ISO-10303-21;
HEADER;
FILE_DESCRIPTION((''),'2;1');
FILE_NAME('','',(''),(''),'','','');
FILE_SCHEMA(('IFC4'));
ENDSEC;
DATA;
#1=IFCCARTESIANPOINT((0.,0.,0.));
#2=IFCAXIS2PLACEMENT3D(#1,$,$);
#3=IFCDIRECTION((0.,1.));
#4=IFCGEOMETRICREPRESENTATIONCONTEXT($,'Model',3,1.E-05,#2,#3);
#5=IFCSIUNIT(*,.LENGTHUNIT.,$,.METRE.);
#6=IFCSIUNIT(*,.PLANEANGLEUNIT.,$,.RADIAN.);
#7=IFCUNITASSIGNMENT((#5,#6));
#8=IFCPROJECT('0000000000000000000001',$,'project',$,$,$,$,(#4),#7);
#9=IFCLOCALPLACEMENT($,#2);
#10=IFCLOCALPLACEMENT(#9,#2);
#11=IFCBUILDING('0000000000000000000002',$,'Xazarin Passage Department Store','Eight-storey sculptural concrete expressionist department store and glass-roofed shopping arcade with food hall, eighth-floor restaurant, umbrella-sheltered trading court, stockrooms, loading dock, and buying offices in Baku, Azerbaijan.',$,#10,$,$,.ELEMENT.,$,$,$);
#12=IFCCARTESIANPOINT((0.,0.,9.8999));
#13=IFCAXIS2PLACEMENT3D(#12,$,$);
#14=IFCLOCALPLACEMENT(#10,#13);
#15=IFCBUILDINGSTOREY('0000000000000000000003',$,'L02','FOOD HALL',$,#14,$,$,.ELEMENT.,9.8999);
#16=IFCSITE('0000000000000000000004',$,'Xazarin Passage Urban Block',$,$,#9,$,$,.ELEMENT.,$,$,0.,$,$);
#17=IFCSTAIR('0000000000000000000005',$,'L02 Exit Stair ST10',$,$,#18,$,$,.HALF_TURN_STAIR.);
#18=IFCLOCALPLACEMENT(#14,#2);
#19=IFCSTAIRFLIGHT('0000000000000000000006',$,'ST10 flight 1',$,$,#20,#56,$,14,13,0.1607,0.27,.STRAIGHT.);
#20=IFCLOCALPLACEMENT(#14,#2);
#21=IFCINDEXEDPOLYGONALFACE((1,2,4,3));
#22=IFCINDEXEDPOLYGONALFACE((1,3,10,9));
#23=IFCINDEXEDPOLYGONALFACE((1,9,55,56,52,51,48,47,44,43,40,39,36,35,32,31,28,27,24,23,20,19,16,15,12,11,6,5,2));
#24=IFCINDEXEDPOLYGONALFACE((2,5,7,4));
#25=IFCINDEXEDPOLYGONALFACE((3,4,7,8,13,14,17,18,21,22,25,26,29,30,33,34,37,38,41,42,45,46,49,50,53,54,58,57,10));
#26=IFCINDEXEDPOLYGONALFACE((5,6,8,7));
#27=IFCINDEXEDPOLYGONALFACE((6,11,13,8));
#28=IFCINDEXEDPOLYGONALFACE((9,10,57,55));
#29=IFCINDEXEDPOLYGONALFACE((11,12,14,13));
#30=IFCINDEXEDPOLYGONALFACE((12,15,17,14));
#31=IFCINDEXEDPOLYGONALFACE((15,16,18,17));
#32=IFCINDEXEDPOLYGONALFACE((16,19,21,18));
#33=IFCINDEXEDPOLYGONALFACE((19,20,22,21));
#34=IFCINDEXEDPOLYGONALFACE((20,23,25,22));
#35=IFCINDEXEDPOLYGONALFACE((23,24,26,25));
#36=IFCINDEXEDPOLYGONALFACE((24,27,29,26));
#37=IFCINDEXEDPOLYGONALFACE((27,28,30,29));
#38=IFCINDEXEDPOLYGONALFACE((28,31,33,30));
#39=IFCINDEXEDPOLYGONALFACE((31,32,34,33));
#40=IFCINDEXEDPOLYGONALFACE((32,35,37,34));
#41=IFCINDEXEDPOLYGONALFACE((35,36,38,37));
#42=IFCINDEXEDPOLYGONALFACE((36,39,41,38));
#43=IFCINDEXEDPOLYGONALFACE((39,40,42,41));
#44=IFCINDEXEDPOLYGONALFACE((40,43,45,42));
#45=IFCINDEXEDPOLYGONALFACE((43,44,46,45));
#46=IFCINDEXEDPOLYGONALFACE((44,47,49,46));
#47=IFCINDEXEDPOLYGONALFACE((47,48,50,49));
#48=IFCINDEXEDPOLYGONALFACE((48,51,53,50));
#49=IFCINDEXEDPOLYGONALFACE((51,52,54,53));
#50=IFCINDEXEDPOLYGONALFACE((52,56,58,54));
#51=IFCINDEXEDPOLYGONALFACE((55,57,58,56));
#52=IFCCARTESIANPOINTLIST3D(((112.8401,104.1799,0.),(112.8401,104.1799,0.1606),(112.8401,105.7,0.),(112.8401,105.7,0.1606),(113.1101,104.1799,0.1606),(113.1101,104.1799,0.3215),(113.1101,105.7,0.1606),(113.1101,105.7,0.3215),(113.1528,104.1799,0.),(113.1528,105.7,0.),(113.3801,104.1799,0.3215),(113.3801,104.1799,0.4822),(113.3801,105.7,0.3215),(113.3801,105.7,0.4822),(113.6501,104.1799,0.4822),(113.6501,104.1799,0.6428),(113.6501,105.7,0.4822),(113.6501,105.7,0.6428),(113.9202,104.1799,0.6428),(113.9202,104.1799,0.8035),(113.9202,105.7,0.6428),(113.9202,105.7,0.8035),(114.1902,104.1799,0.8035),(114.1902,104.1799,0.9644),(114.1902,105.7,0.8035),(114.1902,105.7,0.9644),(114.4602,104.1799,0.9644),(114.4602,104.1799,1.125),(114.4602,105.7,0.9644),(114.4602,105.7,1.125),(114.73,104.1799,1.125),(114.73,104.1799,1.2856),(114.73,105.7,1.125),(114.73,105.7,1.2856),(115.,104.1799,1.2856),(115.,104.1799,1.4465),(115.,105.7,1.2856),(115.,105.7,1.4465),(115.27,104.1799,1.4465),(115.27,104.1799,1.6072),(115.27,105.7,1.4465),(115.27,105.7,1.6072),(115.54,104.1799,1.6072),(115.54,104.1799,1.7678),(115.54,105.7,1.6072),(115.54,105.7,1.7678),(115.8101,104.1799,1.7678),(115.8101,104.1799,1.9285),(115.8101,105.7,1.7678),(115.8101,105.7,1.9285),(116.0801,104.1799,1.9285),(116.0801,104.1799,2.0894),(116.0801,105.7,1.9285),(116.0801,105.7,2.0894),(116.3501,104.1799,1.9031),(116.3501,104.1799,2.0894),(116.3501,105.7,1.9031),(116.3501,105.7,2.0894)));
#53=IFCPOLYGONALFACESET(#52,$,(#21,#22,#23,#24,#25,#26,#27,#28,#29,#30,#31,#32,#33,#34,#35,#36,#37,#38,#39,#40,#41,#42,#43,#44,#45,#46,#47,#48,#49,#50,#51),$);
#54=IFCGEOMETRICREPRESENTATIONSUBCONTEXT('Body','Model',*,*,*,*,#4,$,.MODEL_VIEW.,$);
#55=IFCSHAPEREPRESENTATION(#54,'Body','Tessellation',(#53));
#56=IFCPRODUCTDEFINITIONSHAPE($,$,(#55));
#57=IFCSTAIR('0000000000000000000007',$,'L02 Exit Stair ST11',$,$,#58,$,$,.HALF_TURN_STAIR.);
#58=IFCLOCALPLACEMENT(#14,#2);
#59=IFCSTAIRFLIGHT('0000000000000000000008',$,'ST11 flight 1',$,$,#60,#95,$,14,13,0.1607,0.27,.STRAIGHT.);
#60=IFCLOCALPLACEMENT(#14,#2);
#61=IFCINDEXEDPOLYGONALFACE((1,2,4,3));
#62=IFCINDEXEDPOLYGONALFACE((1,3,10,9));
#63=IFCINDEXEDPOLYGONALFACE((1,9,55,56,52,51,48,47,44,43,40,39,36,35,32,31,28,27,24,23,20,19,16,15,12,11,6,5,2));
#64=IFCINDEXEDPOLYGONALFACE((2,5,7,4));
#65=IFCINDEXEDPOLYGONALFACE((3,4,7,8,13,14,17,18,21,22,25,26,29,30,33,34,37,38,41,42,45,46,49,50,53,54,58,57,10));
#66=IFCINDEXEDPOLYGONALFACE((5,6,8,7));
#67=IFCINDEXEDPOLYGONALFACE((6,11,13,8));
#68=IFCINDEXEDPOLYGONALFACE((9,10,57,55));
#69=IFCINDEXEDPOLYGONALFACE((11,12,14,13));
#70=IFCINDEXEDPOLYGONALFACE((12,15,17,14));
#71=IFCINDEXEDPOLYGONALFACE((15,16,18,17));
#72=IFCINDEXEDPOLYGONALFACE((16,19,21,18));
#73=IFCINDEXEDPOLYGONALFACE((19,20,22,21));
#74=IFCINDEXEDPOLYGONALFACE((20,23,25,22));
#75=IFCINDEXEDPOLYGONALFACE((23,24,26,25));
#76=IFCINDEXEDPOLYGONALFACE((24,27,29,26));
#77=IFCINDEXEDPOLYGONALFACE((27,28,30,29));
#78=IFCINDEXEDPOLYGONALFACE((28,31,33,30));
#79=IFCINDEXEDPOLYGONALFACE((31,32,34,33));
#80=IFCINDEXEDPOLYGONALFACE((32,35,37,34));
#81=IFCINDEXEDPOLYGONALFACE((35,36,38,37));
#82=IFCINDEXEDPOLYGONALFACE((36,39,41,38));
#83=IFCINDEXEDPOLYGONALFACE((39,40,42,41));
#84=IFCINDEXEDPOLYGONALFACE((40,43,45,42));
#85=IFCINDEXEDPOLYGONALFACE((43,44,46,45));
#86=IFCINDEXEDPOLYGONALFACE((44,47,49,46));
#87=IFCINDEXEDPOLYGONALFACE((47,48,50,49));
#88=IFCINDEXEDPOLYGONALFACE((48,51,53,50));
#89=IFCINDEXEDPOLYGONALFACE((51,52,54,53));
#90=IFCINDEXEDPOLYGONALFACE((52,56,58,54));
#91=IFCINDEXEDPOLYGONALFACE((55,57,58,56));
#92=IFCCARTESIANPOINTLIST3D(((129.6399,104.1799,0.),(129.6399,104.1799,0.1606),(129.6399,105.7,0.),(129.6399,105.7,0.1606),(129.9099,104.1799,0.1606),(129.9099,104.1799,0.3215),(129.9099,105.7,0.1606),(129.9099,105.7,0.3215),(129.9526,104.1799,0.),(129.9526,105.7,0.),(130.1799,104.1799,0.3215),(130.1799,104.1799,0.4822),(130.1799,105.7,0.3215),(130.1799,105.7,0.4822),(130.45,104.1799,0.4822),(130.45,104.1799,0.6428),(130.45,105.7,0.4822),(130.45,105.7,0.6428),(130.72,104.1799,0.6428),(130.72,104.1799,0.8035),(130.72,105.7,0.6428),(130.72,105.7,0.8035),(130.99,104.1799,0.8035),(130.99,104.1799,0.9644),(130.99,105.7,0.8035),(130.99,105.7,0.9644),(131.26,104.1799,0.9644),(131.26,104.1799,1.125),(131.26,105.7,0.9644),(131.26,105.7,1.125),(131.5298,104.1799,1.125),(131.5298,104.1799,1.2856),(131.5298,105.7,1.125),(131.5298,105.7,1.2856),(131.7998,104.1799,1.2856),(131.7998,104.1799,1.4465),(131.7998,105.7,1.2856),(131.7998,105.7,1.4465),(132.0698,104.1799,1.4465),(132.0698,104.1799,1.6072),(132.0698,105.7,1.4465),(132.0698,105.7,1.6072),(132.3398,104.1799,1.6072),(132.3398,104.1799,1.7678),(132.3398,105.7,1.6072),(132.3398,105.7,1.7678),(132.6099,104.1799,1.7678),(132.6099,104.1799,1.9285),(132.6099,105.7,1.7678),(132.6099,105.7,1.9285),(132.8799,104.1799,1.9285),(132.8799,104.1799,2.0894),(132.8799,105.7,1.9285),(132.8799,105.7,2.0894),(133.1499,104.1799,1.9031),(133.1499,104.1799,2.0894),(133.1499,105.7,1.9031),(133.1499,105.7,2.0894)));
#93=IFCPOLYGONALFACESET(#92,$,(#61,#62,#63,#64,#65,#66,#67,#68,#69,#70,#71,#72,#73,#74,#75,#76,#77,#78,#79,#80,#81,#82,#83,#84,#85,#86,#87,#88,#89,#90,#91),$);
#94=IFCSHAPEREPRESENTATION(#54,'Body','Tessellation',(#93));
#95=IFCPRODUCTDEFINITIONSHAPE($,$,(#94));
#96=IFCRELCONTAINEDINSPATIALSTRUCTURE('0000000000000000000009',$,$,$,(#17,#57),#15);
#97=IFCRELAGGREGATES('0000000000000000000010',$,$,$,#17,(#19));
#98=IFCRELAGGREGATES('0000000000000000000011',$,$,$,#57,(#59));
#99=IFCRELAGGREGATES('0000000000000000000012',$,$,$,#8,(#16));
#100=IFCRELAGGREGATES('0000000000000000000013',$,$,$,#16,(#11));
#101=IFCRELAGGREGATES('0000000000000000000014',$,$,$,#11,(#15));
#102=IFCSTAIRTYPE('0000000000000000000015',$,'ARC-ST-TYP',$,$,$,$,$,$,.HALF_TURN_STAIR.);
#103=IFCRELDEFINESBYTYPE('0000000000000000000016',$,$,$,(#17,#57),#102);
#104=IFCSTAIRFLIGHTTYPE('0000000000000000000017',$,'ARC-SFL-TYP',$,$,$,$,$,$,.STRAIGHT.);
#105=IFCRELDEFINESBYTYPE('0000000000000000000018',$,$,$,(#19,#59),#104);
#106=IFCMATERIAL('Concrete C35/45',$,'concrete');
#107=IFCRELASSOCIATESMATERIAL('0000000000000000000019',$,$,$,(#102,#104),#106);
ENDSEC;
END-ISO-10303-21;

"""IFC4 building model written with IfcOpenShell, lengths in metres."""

from ifc_helpers import new_model, si_unit, direction, frame, origin, place, context, subcontext, project, spatial, polyline, outline, extrude, material, type_object, element, aggregate, save


model = new_model("IFC4")

# Units and contexts
model_context = context("Model", 3, precision=1e-05, world=origin(), true_north=direction((0.0, 1.0)))
body_context = subcontext(model_context, "Body", "Model", "MODEL_VIEW")
ifc_project = project(units=[si_unit("LENGTHUNIT", "METRE"), si_unit("PLANEANGLEUNIT", "RADIAN")], contexts=[model_context])

# Site, building, storey
site_placement = place(None, origin())
site = spatial("IfcSite", under=ifc_project, at=site_placement, Name="Xazarin Passage Urban Block", CompositionType="ELEMENT", RefElevation=0.0)
building_placement = place(site_placement, origin())
building = spatial("IfcBuilding", under=site, at=building_placement, Name="Xazarin Passage Department Store", Description="Eight-storey sculptural concrete expressionist department store and glass-roofed shopping arcade with food hall, eighth-floor restaurant, umbrella-sheltered trading court, stockrooms, loading dock, and buying offices in Baku, Azerbaijan.", CompositionType="ELEMENT")
storey_placement = place(building_placement, frame((0.0, 0.0, 9.8999)))
storey = spatial("IfcBuildingStorey", under=building, at=storey_placement, Name="L02", Description="FOOD HALL", CompositionType="ELEMENT", Elevation=9.8999)

# Shared definitions
ifc_material_1 = material(Name="Concrete C35/45", Category="concrete")

# Stairs, stair flights
stair_type = type_object("IfcStairType", Name="ARC-ST-TYP", PredefinedType="HALF_TURN_STAIR", material=ifc_material_1)
stair_1_placement = place(storey_placement, origin())
stair_1 = element("IfcStair", 1, at=stair_1_placement, inside=storey, type_object=stair_type, Name="L02 Exit Stair ST10", PredefinedType="HALF_TURN_STAIR")
stair_flight_type = type_object("IfcStairFlightType", Name="ARC-SFL-TYP", PredefinedType="STRAIGHT", material=ifc_material_1)
stair_flight_1_placement = place(storey_placement, frame((112.8401, 104.9399, 0.0), z_axis=(0.0, 0.0, 1.0), x_axis=(1.0, 0.0, 0.0)))
stair_flight_1 = element("IfcStairFlight", 2, at=stair_flight_1_placement, type_object=stair_flight_type, Name="ST10 flight 1", NumberOfRisers=14, NumberOfTreads=13, PredefinedType="STRAIGHT", RiserHeight=0.1607, TreadLength=0.27, context=body_context, shape_type="SweptSolid", body=[
    extrude(outline(polyline([(0.0, 0.0), (0.0, 0.1606), (0.27, 0.1606), (0.27, 0.3215), (0.54, 0.3215), (0.54, 0.4822), (0.8101, 0.4822), (0.8101, 0.6428), (1.0801, 0.6428), (1.0801, 0.8035), (1.3501, 0.8035), (1.3501, 0.9644), (1.6201, 0.9644), (1.6201, 1.125), (1.8899, 1.125), (1.8899, 1.2856), (2.1599, 1.2856), (2.1599, 1.4465), (2.4299, 1.4465), (2.4299, 1.6072), (2.7, 1.6072), (2.7, 1.7678), (2.97, 1.7678), (2.97, 1.9285), (3.24, 1.9285), (3.24, 2.0894), (3.51, 2.0894), (3.51, 2.25), (3.51, 1.9031), (0.3127, 0.0), (0.0, 0.0)])), frame((0.0, 0.76, 0.0), z_axis=(0.0, -1.0, 0.0), x_axis=(1.0, 0.0, 0.0)), (0.0, 0.0, 1.0), 1.52),
])
aggregate(stair_1, [stair_flight_1])
stair_2_placement = place(storey_placement, origin())
stair_2 = element("IfcStair", 3, at=stair_2_placement, inside=storey, type_object=stair_type, Name="L02 Exit Stair ST11", PredefinedType="HALF_TURN_STAIR")
stair_flight_2_placement = place(storey_placement, frame((129.6399, 104.9399, 0.0), z_axis=(0.0, 0.0, 1.0), x_axis=(1.0, 0.0, 0.0)))
stair_flight_2 = element("IfcStairFlight", 4, at=stair_flight_2_placement, type_object=stair_flight_type, Name="ST11 flight 1", NumberOfRisers=14, NumberOfTreads=13, PredefinedType="STRAIGHT", RiserHeight=0.1607, TreadLength=0.27, context=body_context, shape_type="SweptSolid", body=[
    extrude(outline(polyline([(0.0, 0.0), (0.0, 0.1606), (0.27, 0.1606), (0.27, 0.3215), (0.54, 0.3215), (0.54, 0.4822), (0.8101, 0.4822), (0.8101, 0.6428), (1.0801, 0.6428), (1.0801, 0.8035), (1.3501, 0.8035), (1.3501, 0.9644), (1.6201, 0.9644), (1.6201, 1.125), (1.8899, 1.125), (1.8899, 1.2856), (2.1599, 1.2856), (2.1599, 1.4465), (2.4299, 1.4465), (2.4299, 1.6072), (2.7, 1.6072), (2.7, 1.7678), (2.97, 1.7678), (2.97, 1.9285), (3.24, 1.9285), (3.24, 2.0894), (3.51, 2.0894), (3.51, 2.25), (3.51, 1.9031), (0.3127, 0.0), (0.0, 0.0)])), frame((0.0, 0.76, 0.0), z_axis=(0.0, -1.0, 0.0), x_axis=(1.0, 0.0, 0.0)), (0.0, 0.0, 1.0), 1.52),
])
aggregate(stair_2, [stair_flight_2])

save(model, "model.ifc")
